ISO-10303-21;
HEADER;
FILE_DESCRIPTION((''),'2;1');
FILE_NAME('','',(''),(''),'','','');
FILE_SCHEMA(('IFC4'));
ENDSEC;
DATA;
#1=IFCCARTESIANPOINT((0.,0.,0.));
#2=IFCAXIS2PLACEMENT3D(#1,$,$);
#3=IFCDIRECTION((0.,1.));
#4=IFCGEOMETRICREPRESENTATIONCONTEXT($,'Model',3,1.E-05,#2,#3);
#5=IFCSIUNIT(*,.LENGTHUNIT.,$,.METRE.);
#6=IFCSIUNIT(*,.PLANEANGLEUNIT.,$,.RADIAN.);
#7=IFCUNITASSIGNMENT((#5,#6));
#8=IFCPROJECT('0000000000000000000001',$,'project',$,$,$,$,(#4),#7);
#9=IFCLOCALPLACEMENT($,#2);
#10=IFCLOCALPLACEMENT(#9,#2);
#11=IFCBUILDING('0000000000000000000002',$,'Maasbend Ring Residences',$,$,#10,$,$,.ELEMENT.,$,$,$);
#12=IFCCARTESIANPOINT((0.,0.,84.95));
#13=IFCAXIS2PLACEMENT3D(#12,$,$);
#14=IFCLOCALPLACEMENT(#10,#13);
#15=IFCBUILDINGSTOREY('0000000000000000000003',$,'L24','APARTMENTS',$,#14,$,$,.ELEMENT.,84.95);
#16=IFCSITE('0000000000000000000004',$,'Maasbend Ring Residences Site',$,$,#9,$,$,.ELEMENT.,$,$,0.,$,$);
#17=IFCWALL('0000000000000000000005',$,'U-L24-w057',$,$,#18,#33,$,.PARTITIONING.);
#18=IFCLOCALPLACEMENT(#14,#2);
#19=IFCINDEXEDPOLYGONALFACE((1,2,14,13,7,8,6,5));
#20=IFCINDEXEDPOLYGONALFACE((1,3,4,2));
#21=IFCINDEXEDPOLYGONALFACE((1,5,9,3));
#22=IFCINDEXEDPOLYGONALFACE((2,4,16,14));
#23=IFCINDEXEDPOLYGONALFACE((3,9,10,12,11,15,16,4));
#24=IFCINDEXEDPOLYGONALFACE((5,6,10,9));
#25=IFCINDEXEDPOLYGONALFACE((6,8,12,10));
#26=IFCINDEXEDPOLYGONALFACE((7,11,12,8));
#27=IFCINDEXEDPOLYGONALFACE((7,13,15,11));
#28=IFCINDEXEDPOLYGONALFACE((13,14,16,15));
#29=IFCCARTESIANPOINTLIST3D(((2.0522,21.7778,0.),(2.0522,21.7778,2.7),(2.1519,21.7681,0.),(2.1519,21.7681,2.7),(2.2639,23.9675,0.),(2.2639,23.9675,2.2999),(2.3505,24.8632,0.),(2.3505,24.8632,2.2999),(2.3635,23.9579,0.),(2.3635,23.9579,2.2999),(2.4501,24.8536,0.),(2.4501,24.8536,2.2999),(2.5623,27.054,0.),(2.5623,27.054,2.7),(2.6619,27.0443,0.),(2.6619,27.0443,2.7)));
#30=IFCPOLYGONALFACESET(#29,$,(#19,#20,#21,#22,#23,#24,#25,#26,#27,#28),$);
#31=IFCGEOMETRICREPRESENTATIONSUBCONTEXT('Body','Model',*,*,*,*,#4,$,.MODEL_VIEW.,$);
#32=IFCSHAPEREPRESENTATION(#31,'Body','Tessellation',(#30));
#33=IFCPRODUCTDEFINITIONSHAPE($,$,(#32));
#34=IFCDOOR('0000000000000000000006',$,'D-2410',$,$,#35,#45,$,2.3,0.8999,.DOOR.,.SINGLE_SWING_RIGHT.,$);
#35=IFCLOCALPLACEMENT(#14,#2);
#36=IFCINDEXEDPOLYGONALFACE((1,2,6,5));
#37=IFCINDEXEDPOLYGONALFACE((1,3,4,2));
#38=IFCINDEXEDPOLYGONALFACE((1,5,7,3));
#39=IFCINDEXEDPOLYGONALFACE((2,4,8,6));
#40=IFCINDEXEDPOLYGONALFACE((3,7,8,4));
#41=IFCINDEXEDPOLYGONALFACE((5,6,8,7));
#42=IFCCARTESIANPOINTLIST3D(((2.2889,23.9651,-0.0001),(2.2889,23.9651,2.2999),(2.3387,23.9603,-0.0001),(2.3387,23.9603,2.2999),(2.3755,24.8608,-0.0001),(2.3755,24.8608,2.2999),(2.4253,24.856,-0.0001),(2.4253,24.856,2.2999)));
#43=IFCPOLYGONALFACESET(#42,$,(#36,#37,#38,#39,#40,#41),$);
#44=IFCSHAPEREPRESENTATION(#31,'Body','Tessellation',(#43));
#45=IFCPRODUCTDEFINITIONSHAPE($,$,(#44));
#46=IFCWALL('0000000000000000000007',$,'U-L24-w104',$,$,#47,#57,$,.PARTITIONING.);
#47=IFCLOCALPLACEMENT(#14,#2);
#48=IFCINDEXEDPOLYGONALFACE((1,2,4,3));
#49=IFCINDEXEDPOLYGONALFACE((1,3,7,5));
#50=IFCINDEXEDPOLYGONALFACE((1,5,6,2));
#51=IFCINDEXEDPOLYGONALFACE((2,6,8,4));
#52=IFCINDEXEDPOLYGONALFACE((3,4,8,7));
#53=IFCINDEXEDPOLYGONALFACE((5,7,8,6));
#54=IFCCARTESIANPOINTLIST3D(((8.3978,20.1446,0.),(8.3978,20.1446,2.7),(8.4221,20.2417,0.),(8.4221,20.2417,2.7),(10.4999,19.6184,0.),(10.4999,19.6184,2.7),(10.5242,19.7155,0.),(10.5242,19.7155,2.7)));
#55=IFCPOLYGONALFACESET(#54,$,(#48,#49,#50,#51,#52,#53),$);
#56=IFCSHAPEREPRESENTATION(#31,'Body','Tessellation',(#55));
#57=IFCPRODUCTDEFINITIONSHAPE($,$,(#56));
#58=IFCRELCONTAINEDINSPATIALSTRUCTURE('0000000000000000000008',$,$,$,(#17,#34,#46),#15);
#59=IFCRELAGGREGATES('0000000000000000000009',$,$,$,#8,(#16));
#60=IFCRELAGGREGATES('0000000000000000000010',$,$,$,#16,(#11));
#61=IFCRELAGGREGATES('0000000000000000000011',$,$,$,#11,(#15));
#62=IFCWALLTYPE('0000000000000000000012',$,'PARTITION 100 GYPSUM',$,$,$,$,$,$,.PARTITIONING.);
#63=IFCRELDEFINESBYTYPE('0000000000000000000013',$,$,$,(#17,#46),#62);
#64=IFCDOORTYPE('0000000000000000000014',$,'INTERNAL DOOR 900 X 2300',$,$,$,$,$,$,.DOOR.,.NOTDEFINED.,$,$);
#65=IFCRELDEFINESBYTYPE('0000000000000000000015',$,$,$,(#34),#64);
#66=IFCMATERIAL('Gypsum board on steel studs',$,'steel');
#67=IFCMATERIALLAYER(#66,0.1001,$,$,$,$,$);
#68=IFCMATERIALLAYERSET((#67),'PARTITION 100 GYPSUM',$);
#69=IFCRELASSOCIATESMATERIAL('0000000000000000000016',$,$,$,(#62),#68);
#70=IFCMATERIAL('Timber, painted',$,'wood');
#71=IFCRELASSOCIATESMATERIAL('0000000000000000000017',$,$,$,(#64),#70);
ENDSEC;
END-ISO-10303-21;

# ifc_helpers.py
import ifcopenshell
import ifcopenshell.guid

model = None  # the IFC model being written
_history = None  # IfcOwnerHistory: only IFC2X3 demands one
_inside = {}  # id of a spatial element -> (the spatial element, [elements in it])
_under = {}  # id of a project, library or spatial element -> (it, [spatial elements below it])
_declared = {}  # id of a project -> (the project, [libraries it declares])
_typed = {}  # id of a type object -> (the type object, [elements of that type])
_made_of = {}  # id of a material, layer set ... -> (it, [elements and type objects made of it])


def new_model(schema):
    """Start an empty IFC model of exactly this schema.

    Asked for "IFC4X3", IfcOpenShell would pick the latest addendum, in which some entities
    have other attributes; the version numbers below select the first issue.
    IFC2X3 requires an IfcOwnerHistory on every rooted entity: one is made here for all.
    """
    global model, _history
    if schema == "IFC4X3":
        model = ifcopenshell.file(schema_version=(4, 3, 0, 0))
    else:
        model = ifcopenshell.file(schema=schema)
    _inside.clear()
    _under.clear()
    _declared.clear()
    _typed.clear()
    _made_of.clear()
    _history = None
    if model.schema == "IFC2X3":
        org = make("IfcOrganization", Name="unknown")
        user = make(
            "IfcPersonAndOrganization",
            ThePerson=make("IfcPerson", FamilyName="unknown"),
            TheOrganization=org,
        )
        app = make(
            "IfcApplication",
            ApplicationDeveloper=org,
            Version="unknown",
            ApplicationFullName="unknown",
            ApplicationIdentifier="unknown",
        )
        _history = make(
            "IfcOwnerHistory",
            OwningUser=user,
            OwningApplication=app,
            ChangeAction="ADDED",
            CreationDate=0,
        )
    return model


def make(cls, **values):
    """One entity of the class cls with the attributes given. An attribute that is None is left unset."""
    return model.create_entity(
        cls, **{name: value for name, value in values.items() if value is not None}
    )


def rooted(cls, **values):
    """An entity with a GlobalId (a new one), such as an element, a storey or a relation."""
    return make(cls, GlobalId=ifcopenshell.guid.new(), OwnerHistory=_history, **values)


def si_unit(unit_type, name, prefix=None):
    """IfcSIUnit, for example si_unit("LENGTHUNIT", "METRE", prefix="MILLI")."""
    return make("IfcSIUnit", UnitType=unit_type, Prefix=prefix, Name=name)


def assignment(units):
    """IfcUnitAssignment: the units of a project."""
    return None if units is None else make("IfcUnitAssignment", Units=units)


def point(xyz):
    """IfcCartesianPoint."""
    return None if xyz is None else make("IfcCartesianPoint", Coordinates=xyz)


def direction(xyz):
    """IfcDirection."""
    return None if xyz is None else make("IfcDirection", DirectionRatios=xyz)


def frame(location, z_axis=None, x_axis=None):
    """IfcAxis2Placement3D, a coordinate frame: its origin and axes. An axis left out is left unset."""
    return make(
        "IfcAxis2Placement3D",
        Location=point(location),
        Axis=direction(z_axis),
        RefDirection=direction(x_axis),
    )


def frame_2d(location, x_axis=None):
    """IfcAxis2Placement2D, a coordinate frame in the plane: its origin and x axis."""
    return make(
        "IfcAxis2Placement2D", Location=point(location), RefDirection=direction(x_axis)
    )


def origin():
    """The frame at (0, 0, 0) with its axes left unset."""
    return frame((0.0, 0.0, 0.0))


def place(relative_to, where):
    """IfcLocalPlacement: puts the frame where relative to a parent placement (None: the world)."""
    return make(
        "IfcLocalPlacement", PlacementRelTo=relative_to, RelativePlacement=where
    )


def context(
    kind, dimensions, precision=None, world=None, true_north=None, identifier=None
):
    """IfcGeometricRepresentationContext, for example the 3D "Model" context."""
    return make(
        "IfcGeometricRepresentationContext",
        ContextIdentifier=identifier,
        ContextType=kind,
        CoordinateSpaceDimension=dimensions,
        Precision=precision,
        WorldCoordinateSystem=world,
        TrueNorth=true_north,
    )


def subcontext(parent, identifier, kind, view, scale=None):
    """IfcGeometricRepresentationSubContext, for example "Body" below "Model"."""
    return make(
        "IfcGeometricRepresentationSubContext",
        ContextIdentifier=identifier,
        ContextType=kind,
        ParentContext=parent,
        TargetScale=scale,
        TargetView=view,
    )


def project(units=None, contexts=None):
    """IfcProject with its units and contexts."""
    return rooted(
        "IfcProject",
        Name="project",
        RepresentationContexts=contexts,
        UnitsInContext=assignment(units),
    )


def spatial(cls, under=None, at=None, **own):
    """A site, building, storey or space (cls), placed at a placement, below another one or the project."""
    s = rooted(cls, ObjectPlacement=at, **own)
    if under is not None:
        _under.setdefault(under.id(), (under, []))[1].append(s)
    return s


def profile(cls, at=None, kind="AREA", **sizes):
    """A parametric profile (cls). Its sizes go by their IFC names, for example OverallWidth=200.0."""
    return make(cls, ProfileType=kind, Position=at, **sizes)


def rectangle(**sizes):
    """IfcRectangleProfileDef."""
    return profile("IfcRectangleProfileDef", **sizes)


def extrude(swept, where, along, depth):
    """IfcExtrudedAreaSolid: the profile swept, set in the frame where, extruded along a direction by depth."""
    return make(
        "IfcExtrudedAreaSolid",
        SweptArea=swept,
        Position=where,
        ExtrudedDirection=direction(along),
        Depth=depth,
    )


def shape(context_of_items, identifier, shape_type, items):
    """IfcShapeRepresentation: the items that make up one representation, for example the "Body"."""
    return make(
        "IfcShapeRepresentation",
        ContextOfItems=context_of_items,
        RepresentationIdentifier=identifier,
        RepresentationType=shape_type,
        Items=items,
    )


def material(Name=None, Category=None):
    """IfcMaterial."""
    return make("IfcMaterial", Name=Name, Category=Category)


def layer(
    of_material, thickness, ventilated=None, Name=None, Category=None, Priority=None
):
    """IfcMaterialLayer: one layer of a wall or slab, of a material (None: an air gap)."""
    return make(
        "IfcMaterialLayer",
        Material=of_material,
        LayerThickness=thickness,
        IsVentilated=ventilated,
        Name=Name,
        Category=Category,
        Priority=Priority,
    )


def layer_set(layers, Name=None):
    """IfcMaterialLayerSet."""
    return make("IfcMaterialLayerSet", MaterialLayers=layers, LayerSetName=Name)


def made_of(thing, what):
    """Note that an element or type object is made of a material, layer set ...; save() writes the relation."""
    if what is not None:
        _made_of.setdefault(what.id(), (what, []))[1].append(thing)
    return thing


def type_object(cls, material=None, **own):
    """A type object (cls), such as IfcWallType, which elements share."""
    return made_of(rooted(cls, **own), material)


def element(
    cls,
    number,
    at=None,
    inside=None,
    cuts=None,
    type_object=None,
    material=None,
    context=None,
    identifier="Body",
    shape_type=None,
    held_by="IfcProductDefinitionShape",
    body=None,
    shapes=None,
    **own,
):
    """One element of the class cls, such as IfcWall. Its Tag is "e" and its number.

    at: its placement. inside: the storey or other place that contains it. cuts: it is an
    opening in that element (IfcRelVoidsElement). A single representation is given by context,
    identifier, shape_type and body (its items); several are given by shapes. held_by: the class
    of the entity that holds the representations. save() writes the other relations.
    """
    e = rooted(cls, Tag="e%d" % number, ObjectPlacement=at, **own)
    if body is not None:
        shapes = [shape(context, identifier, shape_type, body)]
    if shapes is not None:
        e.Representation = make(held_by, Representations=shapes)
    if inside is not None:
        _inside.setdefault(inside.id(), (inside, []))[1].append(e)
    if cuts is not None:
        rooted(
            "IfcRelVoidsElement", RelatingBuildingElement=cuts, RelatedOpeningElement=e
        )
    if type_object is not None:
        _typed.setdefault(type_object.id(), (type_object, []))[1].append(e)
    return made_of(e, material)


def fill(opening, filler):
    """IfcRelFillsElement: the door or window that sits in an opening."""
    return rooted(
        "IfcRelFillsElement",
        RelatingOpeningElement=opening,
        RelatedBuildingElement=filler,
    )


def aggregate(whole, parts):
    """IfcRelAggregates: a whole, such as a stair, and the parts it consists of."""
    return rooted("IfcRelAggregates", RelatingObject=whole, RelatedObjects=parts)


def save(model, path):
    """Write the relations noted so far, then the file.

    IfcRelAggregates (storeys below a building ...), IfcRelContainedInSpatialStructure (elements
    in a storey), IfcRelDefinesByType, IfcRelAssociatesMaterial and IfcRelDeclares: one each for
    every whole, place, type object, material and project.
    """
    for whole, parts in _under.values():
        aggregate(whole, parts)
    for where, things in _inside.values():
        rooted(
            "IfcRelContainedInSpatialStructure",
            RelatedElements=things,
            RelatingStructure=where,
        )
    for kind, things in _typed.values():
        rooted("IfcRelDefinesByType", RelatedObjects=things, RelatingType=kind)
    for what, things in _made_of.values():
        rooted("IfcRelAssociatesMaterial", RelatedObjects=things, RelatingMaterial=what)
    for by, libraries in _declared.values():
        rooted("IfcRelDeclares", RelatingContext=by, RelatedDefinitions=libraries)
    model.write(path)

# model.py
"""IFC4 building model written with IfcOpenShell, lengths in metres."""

from ifc_helpers import new_model, si_unit, direction, frame, frame_2d, origin, place, context, subcontext, project, spatial, rectangle, extrude, material, layer, layer_set, type_object, element, fill, save


model = new_model("IFC4")

# Units and contexts
model_context = context("Model", 3, precision=1e-05, world=origin(), true_north=direction((0.0, 1.0)))
body_context = subcontext(model_context, "Body", "Model", "MODEL_VIEW")
ifc_project = project(units=[si_unit("LENGTHUNIT", "METRE"), si_unit("PLANEANGLEUNIT", "RADIAN")], contexts=[model_context])

# Site, building, storey
site_placement = place(None, origin())
site = spatial("IfcSite", under=ifc_project, at=site_placement, Name="Maasbend Ring Residences Site", CompositionType="ELEMENT", RefElevation=0.0)
building_placement = place(site_placement, origin())
building = spatial("IfcBuilding", under=site, at=building_placement, Name="Maasbend Ring Residences", CompositionType="ELEMENT")
storey_placement = place(building_placement, frame((0.0, 0.0, 84.95)))
storey = spatial("IfcBuildingStorey", under=building, at=storey_placement, Name="L24", Description="APARTMENTS", CompositionType="ELEMENT", Elevation=84.95)

# Wall, opening, door
ifc_material_1 = material(Name="Gypsum board on steel studs", Category="steel")
ifc_layer_1 = layer(ifc_material_1, 0.1001)
ifc_layer_set_1 = layer_set([ifc_layer_1], Name="PARTITION 100 GYPSUM")
wall_type_1 = type_object("IfcWallType", Name="PARTITION 100 GYPSUM", PredefinedType="PARTITIONING", material=ifc_layer_set_1)
wall_1_placement = place(storey_placement, frame((2.1021, 21.7729, 0.0), z_axis=(0.0, 0.0, 1.0), x_axis=(0.096215, 0.995361, 0.0)))
wall_1 = element("IfcWall", 1, at=wall_1_placement, inside=storey, type_object=wall_type_1, Name="U-L24-w057", PredefinedType="PARTITIONING", context=body_context, shape_type="SweptSolid", body=[
    extrude(rectangle(XDim=5.3008, YDim=0.1001, at=frame_2d((2.6504, 0.0))), origin(), (0.0, 0.0, 1.0), 2.7),
])
opening_1_placement = place(wall_1_placement, frame((2.2, 0.0, 0.0)))
opening_1 = element("IfcOpeningElement", 2, at=opening_1_placement, cuts=wall_1, PredefinedType="OPENING", context=body_context, shape_type="SweptSolid", body=[
    extrude(rectangle(XDim=0.8999, YDim=2.3, at=frame_2d((0.45, 1.1499))), frame((0.0, 0.0601, 0.0), z_axis=(0.0, -1.0, 0.0), x_axis=(1.0, 0.0, 0.0)), (0.0, 0.0, 1.0), 0.1201),
])
ifc_material_2 = material(Name="Timber, painted", Category="wood")
door_type_1 = type_object("IfcDoorType", Name="INTERNAL DOOR 900 X 2300", OperationType="NOTDEFINED", PredefinedType="DOOR", material=ifc_material_2)
door_1_placement = place(opening_1_placement, origin())
door_1 = element("IfcDoor", 3, at=door_1_placement, inside=storey, type_object=door_type_1, Name="D-2410", OperationType="SINGLE_SWING_RIGHT", OverallHeight=2.3, OverallWidth=0.8999, PredefinedType="DOOR", context=body_context, shape_type="SweptSolid", body=[
    extrude(rectangle(XDim=0.8999, YDim=2.3, at=frame_2d((0.45, 1.1499))), frame((0.0, 0.0249, 0.0), z_axis=(0.0, -1.0, 0.0), x_axis=(1.0, 0.0, 0.0)), (0.0, 0.0, 1.0), 0.05),
])
fill(opening_1, door_1)

# Wall
wall_2_placement = place(storey_placement, frame((8.4099, 20.1931, 0.0), z_axis=(0.0, 0.0, 1.0), x_axis=(0.970076, -0.242801, 0.0)))
element("IfcWall", 4, at=wall_2_placement, inside=storey, type_object=wall_type_1, Name="U-L24-w104", PredefinedType="PARTITIONING", context=body_context, shape_type="SweptSolid", body=[
    extrude(rectangle(XDim=2.167, YDim=0.1001, at=frame_2d((1.0835, 0.0))), origin(), (0.0, 0.0, 1.0), 2.7),
])

save(model, "model.ifc")
